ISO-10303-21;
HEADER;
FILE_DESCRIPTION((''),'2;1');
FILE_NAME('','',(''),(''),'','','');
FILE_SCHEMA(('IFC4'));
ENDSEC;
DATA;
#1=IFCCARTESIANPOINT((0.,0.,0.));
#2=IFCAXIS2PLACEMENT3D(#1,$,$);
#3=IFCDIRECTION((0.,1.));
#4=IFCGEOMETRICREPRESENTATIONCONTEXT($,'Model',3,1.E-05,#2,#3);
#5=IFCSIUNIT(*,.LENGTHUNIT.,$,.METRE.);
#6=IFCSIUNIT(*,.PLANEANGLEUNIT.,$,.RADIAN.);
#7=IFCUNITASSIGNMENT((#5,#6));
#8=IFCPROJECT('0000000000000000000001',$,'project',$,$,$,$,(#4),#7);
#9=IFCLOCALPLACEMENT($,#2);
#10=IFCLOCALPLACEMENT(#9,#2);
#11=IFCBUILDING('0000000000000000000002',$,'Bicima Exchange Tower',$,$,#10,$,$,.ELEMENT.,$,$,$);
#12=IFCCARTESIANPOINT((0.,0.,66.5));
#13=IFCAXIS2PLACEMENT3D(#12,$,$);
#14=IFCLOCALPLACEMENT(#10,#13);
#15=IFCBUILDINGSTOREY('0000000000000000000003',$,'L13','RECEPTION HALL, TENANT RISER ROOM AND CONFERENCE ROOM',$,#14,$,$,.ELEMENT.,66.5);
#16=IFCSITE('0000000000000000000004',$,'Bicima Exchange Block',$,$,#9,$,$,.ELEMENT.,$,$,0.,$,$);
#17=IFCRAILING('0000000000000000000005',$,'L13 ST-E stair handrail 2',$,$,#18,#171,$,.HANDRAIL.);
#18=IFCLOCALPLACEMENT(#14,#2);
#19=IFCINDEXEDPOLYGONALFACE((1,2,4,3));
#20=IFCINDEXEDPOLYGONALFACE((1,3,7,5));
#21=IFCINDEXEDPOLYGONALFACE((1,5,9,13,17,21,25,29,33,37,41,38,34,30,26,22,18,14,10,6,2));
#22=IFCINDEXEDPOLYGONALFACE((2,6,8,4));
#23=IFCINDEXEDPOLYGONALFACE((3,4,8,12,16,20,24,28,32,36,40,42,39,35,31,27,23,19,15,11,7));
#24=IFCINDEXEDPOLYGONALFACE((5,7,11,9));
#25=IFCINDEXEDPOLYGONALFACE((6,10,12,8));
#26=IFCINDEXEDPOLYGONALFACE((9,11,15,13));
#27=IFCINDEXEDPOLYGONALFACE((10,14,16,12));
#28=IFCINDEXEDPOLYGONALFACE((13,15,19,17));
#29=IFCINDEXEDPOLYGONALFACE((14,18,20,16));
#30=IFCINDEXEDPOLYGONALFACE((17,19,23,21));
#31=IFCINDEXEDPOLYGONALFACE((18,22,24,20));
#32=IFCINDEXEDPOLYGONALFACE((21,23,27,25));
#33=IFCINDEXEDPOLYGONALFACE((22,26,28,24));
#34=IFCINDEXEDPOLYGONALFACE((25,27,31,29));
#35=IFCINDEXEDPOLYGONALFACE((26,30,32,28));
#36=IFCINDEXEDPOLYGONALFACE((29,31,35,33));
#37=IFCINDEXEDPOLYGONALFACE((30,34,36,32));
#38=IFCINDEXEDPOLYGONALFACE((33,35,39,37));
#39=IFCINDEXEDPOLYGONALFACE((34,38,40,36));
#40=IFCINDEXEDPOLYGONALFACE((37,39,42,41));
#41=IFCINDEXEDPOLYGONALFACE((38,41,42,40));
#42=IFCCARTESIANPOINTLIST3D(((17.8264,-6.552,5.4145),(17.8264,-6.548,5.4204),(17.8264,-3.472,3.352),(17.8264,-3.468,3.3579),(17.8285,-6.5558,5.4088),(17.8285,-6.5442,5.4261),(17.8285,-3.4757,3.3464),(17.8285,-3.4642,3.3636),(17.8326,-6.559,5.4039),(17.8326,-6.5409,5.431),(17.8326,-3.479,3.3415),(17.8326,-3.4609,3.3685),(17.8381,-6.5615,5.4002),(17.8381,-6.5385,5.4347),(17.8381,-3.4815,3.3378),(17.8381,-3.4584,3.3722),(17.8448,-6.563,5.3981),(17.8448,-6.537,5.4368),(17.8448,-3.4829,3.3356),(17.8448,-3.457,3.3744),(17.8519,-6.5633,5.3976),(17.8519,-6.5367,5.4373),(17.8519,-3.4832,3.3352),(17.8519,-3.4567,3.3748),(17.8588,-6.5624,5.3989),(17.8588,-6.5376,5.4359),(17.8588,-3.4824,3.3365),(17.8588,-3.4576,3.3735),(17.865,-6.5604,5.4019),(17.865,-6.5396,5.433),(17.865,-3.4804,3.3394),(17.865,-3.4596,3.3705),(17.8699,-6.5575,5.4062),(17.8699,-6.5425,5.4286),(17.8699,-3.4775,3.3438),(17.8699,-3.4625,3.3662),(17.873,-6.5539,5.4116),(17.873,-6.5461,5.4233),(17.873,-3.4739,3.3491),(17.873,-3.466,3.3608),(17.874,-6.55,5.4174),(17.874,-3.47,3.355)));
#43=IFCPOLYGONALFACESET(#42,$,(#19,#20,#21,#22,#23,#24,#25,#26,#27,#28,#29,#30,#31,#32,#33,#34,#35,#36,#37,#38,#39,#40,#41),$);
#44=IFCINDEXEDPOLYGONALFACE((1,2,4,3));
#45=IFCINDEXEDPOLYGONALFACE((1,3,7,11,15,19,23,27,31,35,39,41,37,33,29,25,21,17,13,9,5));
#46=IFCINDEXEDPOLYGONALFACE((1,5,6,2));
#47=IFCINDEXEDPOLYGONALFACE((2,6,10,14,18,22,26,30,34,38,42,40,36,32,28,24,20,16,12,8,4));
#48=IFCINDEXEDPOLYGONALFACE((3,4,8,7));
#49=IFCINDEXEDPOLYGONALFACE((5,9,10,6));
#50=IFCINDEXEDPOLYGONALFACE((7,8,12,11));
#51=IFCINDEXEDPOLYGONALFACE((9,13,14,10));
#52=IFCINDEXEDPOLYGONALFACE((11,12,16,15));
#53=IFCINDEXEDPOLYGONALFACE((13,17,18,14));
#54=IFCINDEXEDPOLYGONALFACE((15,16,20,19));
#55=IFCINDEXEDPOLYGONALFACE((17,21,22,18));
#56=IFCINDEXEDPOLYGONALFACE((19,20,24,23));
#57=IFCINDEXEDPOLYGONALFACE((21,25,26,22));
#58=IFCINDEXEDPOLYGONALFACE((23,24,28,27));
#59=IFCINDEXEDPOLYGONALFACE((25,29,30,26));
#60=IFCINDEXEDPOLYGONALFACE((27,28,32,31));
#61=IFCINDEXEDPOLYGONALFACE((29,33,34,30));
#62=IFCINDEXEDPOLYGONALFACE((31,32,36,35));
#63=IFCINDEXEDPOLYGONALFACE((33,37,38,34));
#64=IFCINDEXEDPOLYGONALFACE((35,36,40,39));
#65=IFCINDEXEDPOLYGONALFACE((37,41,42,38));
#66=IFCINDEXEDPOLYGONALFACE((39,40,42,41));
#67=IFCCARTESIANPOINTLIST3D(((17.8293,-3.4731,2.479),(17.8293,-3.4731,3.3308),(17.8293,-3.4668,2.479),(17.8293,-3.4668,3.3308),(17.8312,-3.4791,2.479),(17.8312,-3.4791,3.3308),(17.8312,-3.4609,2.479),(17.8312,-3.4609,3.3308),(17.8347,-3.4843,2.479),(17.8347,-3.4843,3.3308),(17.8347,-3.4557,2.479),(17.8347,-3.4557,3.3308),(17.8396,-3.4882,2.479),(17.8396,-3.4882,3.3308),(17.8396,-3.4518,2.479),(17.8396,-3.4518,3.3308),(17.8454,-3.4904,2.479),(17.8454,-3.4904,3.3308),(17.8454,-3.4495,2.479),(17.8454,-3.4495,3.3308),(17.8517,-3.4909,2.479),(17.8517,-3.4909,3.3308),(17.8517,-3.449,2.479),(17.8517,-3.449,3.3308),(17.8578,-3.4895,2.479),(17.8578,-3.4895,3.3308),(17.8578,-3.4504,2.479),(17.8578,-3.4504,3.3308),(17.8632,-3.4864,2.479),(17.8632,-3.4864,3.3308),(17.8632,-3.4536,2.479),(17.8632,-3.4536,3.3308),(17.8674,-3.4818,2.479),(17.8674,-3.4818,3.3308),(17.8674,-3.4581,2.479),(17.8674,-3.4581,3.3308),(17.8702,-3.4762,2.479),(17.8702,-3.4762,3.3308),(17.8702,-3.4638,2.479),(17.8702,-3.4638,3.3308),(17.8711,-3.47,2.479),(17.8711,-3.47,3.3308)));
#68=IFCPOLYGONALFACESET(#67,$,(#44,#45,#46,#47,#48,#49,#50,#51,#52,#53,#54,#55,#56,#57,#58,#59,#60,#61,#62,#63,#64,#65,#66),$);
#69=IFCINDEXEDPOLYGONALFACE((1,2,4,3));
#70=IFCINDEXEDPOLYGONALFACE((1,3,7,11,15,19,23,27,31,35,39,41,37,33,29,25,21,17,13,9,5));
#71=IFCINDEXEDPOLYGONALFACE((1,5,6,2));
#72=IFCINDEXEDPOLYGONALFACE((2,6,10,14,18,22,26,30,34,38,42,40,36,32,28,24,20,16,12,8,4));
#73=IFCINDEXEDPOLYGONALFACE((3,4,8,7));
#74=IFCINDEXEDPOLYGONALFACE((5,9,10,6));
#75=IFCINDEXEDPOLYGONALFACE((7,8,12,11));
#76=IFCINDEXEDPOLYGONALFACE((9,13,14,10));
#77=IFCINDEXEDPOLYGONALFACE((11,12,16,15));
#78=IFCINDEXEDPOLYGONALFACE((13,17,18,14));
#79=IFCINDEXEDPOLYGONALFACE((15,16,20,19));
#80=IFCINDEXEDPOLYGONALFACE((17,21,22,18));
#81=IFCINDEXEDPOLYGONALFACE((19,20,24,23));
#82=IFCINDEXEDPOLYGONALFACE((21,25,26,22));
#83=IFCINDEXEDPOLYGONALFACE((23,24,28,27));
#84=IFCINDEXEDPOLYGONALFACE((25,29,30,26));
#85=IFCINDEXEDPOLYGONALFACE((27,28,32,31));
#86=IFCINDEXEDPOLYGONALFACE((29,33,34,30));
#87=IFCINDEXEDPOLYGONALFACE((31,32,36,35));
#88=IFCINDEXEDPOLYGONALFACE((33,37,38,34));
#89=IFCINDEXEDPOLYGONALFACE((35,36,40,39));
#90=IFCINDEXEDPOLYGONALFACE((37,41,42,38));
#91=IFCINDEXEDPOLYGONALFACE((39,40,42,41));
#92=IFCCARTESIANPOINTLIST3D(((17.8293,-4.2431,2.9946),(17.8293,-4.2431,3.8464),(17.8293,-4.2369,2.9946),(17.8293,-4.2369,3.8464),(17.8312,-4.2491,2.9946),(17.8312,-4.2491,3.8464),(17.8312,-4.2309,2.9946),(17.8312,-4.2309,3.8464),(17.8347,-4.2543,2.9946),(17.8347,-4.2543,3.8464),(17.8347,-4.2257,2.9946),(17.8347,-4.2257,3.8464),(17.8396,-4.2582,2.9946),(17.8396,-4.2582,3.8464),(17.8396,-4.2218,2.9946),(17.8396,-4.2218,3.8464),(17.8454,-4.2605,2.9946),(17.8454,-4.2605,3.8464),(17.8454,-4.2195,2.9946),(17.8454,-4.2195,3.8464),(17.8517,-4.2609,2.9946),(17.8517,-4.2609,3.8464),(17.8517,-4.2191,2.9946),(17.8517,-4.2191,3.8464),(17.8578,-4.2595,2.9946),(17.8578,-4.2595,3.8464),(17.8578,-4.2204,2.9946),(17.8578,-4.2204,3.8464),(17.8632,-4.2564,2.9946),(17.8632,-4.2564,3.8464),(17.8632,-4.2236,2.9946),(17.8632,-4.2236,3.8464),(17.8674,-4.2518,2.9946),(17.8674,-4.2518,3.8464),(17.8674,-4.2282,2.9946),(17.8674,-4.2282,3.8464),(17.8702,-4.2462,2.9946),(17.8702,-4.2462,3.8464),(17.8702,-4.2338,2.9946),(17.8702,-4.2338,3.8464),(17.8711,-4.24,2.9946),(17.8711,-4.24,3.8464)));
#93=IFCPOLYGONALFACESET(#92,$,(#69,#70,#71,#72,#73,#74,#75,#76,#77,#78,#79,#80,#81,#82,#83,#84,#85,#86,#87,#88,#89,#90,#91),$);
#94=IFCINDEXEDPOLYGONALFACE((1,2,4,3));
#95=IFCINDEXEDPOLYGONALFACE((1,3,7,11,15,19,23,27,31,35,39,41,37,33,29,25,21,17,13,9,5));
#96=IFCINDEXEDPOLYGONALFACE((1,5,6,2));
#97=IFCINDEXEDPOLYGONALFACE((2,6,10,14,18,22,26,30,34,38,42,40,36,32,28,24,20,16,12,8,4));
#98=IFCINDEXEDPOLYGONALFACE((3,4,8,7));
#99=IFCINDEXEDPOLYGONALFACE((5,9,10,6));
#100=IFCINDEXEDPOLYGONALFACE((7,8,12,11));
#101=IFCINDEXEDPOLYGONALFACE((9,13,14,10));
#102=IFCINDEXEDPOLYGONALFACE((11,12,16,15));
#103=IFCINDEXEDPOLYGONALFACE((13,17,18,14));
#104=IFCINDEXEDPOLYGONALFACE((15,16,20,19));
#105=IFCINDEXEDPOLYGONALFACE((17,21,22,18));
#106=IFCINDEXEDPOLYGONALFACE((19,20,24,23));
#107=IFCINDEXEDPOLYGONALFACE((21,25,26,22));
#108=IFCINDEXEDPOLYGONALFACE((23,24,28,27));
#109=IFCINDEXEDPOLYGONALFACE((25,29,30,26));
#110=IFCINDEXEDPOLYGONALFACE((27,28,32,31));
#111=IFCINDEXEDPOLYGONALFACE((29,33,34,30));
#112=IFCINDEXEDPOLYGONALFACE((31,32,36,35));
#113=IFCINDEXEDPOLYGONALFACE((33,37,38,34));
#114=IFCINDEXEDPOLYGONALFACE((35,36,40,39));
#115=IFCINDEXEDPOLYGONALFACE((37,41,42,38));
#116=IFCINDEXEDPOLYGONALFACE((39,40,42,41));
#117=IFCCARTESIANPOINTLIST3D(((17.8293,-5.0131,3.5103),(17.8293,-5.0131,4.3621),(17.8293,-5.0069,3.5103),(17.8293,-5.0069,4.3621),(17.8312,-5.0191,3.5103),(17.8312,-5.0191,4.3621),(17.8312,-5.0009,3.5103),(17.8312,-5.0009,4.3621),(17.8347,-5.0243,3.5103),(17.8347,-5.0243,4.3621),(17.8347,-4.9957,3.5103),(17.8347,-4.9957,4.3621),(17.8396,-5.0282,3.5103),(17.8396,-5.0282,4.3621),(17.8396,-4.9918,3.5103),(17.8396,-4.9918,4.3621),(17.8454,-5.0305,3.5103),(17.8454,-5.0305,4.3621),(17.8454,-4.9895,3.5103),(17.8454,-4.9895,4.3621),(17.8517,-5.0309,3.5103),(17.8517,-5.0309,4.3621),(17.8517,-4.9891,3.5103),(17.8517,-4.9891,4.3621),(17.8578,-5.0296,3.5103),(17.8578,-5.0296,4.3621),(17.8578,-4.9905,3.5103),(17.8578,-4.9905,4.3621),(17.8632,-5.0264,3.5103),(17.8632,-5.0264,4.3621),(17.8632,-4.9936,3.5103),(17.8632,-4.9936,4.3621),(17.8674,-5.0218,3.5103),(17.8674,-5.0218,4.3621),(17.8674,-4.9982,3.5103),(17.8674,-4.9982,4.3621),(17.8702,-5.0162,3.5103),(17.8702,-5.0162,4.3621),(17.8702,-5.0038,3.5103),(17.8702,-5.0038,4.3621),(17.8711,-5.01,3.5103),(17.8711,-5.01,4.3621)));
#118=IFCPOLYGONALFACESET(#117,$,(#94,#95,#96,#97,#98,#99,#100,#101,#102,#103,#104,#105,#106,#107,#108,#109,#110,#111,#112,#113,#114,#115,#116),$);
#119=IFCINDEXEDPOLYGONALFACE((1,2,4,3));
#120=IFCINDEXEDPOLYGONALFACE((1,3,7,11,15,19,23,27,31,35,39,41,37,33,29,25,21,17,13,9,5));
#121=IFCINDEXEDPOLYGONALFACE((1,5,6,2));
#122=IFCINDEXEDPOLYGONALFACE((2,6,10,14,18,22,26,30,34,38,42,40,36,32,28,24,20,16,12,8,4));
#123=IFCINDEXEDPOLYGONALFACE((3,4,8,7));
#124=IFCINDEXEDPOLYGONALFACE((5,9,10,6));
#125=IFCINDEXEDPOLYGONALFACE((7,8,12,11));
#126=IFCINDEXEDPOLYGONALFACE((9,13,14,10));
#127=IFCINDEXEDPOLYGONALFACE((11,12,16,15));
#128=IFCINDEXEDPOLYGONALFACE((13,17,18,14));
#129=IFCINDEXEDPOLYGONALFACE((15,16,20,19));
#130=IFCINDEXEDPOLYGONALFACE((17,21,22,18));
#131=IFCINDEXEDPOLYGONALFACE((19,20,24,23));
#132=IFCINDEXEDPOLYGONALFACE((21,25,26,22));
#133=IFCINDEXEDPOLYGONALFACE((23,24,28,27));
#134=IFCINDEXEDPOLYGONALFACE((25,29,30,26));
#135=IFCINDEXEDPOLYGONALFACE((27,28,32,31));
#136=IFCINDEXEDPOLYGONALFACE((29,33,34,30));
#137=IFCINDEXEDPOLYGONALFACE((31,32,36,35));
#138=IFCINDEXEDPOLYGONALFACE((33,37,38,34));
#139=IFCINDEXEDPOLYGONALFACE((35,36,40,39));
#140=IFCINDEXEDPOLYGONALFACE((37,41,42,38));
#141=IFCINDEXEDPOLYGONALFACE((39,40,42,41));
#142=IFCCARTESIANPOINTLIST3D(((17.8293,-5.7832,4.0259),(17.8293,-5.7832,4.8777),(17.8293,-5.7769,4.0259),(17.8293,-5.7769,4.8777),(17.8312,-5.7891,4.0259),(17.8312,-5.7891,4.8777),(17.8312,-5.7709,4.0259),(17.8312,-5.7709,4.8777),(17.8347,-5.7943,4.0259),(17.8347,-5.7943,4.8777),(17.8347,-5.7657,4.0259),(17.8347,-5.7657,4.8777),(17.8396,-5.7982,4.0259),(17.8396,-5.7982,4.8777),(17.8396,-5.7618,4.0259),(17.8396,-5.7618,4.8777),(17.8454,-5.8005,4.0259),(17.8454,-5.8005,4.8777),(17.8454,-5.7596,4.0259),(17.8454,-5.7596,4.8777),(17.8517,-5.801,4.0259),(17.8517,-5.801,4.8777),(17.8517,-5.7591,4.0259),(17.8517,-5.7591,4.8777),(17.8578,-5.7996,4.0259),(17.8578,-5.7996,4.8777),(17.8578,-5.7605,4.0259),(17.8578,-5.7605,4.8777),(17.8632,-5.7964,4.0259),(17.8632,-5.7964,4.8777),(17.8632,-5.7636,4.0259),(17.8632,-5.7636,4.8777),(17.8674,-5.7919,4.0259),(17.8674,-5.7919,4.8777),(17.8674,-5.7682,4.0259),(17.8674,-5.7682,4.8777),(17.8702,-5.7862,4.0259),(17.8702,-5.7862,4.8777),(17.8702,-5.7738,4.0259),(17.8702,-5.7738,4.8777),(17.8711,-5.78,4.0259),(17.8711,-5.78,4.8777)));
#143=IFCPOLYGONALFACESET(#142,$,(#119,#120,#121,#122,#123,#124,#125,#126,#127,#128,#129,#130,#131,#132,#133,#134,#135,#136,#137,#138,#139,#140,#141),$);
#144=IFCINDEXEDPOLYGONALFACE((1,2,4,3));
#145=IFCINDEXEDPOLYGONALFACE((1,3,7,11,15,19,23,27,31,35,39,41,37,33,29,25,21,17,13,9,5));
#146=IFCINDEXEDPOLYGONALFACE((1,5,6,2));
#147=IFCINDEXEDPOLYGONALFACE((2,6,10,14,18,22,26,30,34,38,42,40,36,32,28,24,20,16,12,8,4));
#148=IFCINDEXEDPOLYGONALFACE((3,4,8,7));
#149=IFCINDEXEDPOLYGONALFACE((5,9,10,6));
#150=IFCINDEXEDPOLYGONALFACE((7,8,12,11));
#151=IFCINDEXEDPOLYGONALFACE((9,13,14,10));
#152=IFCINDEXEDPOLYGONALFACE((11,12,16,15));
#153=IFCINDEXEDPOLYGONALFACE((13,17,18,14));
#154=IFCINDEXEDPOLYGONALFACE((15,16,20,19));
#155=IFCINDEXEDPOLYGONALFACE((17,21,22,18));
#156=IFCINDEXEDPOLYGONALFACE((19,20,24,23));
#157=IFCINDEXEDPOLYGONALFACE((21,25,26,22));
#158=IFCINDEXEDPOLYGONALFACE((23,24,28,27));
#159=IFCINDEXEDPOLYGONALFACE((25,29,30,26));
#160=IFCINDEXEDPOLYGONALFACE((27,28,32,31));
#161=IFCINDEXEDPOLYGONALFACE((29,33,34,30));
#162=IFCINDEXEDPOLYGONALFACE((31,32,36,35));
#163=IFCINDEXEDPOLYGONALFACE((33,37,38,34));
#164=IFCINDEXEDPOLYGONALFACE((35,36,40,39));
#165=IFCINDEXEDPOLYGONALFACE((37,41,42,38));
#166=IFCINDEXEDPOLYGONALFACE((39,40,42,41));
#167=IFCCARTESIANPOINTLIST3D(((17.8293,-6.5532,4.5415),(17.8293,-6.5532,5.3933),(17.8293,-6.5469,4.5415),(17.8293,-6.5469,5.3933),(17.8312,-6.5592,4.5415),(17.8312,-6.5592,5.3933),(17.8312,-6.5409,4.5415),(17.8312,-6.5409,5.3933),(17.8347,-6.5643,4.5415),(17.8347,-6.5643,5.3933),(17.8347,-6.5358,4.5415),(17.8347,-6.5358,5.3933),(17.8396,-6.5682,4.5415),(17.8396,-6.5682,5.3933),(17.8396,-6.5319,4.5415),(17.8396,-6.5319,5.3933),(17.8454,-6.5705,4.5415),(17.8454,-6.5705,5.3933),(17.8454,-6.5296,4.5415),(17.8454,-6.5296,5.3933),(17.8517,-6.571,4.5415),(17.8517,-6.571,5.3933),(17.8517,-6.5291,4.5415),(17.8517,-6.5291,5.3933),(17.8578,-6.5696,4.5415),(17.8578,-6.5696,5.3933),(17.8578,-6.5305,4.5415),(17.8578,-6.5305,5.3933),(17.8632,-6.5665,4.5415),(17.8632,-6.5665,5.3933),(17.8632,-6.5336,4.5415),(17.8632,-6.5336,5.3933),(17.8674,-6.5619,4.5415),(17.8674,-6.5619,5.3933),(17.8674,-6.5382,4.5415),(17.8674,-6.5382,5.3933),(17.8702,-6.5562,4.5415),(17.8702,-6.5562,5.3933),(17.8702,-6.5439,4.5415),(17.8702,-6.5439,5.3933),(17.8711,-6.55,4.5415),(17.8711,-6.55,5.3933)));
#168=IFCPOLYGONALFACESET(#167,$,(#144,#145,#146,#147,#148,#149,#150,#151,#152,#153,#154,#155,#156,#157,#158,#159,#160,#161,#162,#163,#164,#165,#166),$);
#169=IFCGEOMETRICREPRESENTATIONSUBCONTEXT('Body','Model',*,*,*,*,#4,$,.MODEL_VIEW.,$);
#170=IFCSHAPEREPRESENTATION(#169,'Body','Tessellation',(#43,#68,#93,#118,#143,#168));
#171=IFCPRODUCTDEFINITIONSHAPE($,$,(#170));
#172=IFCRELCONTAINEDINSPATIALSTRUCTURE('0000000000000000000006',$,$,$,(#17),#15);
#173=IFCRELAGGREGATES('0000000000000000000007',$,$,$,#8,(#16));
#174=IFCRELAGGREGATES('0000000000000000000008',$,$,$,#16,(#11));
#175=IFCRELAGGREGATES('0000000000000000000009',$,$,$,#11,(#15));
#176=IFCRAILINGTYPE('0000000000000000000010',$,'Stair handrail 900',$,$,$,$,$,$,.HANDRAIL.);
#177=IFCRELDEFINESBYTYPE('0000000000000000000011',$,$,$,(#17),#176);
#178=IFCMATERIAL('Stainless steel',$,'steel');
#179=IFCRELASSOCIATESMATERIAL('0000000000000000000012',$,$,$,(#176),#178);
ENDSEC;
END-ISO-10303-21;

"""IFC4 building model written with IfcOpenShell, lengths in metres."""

from ifc_helpers import new_model, si_unit, direction, frame, origin, origin_2d, place, context, subcontext, project, spatial, circle, extrude, material, type_object, element, save


model = new_model("IFC4")

# Units and contexts
model_context = context("Model", 3, precision=1e-05, world=origin(), true_north=direction((0.0, 1.0)))
body_context = subcontext(model_context, "Body", "Model", "MODEL_VIEW")
ifc_project = project(units=[si_unit("LENGTHUNIT", "METRE"), si_unit("PLANEANGLEUNIT", "RADIAN")], contexts=[model_context])

# Site, building, storey
site_placement = place(None, origin())
site = spatial("IfcSite", under=ifc_project, at=site_placement, Name="Bicima Exchange Block", CompositionType="ELEMENT", RefElevation=0.0)
building_placement = place(site_placement, origin())
building = spatial("IfcBuilding", under=site, at=building_placement, Name="Bicima Exchange Tower", CompositionType="ELEMENT")
storey_placement = place(building_placement, frame((0.0, 0.0, 66.5)))
storey = spatial("IfcBuildingStorey", under=building, at=storey_placement, Name="L13", Description="RECEPTION HALL, TENANT RISER ROOM AND CONFERENCE ROOM", CompositionType="ELEMENT", Elevation=66.5)

# Railing
ifc_material_1 = material(Name="Stainless steel", Category="steel")
railing_type_1 = type_object("IfcRailingType", Name="Stair handrail 900", PredefinedType="HANDRAIL", material=ifc_material_1)
for number, where, name in (
    (1, (17.8501, -3.47, 2.479), "L13 ST-E stair handrail 2"),
):
    element("IfcRailing", number, at=place(storey_placement, frame(where)), inside=storey, type_object=railing_type_1, Name=name, PredefinedType="HANDRAIL", context=body_context, shape_type="SweptSolid", body=[
        extrude(circle(Radius=0.0239, at=origin_2d()), frame((0.0, 0.0, 0.876), z_axis=(0.0, -0.830914, 0.556401), x_axis=(1.0, 0.0, 0.0)), (0.0, 0.0, 1.0), 3.7068),
        extrude(circle(Radius=0.021, at=origin_2d()), origin(), (0.0, 0.0, 1.0), 0.8518),
        extrude(circle(Radius=0.021, at=origin_2d()), frame((0.0, -0.77, 0.5156)), (0.0, 0.0, 1.0), 0.8518),
        extrude(circle(Radius=0.021, at=origin_2d()), frame((0.0, -1.54, 1.0312)), (0.0, 0.0, 1.0), 0.8518),
        extrude(circle(Radius=0.021, at=origin_2d()), frame((0.0, -2.3101, 1.5469)), (0.0, 0.0, 1.0), 0.8518),
        extrude(circle(Radius=0.021, at=origin_2d()), frame((0.0, -3.0801, 2.0625)), (0.0, 0.0, 1.0), 0.8518),
    ])

save(model, "model.ifc")
